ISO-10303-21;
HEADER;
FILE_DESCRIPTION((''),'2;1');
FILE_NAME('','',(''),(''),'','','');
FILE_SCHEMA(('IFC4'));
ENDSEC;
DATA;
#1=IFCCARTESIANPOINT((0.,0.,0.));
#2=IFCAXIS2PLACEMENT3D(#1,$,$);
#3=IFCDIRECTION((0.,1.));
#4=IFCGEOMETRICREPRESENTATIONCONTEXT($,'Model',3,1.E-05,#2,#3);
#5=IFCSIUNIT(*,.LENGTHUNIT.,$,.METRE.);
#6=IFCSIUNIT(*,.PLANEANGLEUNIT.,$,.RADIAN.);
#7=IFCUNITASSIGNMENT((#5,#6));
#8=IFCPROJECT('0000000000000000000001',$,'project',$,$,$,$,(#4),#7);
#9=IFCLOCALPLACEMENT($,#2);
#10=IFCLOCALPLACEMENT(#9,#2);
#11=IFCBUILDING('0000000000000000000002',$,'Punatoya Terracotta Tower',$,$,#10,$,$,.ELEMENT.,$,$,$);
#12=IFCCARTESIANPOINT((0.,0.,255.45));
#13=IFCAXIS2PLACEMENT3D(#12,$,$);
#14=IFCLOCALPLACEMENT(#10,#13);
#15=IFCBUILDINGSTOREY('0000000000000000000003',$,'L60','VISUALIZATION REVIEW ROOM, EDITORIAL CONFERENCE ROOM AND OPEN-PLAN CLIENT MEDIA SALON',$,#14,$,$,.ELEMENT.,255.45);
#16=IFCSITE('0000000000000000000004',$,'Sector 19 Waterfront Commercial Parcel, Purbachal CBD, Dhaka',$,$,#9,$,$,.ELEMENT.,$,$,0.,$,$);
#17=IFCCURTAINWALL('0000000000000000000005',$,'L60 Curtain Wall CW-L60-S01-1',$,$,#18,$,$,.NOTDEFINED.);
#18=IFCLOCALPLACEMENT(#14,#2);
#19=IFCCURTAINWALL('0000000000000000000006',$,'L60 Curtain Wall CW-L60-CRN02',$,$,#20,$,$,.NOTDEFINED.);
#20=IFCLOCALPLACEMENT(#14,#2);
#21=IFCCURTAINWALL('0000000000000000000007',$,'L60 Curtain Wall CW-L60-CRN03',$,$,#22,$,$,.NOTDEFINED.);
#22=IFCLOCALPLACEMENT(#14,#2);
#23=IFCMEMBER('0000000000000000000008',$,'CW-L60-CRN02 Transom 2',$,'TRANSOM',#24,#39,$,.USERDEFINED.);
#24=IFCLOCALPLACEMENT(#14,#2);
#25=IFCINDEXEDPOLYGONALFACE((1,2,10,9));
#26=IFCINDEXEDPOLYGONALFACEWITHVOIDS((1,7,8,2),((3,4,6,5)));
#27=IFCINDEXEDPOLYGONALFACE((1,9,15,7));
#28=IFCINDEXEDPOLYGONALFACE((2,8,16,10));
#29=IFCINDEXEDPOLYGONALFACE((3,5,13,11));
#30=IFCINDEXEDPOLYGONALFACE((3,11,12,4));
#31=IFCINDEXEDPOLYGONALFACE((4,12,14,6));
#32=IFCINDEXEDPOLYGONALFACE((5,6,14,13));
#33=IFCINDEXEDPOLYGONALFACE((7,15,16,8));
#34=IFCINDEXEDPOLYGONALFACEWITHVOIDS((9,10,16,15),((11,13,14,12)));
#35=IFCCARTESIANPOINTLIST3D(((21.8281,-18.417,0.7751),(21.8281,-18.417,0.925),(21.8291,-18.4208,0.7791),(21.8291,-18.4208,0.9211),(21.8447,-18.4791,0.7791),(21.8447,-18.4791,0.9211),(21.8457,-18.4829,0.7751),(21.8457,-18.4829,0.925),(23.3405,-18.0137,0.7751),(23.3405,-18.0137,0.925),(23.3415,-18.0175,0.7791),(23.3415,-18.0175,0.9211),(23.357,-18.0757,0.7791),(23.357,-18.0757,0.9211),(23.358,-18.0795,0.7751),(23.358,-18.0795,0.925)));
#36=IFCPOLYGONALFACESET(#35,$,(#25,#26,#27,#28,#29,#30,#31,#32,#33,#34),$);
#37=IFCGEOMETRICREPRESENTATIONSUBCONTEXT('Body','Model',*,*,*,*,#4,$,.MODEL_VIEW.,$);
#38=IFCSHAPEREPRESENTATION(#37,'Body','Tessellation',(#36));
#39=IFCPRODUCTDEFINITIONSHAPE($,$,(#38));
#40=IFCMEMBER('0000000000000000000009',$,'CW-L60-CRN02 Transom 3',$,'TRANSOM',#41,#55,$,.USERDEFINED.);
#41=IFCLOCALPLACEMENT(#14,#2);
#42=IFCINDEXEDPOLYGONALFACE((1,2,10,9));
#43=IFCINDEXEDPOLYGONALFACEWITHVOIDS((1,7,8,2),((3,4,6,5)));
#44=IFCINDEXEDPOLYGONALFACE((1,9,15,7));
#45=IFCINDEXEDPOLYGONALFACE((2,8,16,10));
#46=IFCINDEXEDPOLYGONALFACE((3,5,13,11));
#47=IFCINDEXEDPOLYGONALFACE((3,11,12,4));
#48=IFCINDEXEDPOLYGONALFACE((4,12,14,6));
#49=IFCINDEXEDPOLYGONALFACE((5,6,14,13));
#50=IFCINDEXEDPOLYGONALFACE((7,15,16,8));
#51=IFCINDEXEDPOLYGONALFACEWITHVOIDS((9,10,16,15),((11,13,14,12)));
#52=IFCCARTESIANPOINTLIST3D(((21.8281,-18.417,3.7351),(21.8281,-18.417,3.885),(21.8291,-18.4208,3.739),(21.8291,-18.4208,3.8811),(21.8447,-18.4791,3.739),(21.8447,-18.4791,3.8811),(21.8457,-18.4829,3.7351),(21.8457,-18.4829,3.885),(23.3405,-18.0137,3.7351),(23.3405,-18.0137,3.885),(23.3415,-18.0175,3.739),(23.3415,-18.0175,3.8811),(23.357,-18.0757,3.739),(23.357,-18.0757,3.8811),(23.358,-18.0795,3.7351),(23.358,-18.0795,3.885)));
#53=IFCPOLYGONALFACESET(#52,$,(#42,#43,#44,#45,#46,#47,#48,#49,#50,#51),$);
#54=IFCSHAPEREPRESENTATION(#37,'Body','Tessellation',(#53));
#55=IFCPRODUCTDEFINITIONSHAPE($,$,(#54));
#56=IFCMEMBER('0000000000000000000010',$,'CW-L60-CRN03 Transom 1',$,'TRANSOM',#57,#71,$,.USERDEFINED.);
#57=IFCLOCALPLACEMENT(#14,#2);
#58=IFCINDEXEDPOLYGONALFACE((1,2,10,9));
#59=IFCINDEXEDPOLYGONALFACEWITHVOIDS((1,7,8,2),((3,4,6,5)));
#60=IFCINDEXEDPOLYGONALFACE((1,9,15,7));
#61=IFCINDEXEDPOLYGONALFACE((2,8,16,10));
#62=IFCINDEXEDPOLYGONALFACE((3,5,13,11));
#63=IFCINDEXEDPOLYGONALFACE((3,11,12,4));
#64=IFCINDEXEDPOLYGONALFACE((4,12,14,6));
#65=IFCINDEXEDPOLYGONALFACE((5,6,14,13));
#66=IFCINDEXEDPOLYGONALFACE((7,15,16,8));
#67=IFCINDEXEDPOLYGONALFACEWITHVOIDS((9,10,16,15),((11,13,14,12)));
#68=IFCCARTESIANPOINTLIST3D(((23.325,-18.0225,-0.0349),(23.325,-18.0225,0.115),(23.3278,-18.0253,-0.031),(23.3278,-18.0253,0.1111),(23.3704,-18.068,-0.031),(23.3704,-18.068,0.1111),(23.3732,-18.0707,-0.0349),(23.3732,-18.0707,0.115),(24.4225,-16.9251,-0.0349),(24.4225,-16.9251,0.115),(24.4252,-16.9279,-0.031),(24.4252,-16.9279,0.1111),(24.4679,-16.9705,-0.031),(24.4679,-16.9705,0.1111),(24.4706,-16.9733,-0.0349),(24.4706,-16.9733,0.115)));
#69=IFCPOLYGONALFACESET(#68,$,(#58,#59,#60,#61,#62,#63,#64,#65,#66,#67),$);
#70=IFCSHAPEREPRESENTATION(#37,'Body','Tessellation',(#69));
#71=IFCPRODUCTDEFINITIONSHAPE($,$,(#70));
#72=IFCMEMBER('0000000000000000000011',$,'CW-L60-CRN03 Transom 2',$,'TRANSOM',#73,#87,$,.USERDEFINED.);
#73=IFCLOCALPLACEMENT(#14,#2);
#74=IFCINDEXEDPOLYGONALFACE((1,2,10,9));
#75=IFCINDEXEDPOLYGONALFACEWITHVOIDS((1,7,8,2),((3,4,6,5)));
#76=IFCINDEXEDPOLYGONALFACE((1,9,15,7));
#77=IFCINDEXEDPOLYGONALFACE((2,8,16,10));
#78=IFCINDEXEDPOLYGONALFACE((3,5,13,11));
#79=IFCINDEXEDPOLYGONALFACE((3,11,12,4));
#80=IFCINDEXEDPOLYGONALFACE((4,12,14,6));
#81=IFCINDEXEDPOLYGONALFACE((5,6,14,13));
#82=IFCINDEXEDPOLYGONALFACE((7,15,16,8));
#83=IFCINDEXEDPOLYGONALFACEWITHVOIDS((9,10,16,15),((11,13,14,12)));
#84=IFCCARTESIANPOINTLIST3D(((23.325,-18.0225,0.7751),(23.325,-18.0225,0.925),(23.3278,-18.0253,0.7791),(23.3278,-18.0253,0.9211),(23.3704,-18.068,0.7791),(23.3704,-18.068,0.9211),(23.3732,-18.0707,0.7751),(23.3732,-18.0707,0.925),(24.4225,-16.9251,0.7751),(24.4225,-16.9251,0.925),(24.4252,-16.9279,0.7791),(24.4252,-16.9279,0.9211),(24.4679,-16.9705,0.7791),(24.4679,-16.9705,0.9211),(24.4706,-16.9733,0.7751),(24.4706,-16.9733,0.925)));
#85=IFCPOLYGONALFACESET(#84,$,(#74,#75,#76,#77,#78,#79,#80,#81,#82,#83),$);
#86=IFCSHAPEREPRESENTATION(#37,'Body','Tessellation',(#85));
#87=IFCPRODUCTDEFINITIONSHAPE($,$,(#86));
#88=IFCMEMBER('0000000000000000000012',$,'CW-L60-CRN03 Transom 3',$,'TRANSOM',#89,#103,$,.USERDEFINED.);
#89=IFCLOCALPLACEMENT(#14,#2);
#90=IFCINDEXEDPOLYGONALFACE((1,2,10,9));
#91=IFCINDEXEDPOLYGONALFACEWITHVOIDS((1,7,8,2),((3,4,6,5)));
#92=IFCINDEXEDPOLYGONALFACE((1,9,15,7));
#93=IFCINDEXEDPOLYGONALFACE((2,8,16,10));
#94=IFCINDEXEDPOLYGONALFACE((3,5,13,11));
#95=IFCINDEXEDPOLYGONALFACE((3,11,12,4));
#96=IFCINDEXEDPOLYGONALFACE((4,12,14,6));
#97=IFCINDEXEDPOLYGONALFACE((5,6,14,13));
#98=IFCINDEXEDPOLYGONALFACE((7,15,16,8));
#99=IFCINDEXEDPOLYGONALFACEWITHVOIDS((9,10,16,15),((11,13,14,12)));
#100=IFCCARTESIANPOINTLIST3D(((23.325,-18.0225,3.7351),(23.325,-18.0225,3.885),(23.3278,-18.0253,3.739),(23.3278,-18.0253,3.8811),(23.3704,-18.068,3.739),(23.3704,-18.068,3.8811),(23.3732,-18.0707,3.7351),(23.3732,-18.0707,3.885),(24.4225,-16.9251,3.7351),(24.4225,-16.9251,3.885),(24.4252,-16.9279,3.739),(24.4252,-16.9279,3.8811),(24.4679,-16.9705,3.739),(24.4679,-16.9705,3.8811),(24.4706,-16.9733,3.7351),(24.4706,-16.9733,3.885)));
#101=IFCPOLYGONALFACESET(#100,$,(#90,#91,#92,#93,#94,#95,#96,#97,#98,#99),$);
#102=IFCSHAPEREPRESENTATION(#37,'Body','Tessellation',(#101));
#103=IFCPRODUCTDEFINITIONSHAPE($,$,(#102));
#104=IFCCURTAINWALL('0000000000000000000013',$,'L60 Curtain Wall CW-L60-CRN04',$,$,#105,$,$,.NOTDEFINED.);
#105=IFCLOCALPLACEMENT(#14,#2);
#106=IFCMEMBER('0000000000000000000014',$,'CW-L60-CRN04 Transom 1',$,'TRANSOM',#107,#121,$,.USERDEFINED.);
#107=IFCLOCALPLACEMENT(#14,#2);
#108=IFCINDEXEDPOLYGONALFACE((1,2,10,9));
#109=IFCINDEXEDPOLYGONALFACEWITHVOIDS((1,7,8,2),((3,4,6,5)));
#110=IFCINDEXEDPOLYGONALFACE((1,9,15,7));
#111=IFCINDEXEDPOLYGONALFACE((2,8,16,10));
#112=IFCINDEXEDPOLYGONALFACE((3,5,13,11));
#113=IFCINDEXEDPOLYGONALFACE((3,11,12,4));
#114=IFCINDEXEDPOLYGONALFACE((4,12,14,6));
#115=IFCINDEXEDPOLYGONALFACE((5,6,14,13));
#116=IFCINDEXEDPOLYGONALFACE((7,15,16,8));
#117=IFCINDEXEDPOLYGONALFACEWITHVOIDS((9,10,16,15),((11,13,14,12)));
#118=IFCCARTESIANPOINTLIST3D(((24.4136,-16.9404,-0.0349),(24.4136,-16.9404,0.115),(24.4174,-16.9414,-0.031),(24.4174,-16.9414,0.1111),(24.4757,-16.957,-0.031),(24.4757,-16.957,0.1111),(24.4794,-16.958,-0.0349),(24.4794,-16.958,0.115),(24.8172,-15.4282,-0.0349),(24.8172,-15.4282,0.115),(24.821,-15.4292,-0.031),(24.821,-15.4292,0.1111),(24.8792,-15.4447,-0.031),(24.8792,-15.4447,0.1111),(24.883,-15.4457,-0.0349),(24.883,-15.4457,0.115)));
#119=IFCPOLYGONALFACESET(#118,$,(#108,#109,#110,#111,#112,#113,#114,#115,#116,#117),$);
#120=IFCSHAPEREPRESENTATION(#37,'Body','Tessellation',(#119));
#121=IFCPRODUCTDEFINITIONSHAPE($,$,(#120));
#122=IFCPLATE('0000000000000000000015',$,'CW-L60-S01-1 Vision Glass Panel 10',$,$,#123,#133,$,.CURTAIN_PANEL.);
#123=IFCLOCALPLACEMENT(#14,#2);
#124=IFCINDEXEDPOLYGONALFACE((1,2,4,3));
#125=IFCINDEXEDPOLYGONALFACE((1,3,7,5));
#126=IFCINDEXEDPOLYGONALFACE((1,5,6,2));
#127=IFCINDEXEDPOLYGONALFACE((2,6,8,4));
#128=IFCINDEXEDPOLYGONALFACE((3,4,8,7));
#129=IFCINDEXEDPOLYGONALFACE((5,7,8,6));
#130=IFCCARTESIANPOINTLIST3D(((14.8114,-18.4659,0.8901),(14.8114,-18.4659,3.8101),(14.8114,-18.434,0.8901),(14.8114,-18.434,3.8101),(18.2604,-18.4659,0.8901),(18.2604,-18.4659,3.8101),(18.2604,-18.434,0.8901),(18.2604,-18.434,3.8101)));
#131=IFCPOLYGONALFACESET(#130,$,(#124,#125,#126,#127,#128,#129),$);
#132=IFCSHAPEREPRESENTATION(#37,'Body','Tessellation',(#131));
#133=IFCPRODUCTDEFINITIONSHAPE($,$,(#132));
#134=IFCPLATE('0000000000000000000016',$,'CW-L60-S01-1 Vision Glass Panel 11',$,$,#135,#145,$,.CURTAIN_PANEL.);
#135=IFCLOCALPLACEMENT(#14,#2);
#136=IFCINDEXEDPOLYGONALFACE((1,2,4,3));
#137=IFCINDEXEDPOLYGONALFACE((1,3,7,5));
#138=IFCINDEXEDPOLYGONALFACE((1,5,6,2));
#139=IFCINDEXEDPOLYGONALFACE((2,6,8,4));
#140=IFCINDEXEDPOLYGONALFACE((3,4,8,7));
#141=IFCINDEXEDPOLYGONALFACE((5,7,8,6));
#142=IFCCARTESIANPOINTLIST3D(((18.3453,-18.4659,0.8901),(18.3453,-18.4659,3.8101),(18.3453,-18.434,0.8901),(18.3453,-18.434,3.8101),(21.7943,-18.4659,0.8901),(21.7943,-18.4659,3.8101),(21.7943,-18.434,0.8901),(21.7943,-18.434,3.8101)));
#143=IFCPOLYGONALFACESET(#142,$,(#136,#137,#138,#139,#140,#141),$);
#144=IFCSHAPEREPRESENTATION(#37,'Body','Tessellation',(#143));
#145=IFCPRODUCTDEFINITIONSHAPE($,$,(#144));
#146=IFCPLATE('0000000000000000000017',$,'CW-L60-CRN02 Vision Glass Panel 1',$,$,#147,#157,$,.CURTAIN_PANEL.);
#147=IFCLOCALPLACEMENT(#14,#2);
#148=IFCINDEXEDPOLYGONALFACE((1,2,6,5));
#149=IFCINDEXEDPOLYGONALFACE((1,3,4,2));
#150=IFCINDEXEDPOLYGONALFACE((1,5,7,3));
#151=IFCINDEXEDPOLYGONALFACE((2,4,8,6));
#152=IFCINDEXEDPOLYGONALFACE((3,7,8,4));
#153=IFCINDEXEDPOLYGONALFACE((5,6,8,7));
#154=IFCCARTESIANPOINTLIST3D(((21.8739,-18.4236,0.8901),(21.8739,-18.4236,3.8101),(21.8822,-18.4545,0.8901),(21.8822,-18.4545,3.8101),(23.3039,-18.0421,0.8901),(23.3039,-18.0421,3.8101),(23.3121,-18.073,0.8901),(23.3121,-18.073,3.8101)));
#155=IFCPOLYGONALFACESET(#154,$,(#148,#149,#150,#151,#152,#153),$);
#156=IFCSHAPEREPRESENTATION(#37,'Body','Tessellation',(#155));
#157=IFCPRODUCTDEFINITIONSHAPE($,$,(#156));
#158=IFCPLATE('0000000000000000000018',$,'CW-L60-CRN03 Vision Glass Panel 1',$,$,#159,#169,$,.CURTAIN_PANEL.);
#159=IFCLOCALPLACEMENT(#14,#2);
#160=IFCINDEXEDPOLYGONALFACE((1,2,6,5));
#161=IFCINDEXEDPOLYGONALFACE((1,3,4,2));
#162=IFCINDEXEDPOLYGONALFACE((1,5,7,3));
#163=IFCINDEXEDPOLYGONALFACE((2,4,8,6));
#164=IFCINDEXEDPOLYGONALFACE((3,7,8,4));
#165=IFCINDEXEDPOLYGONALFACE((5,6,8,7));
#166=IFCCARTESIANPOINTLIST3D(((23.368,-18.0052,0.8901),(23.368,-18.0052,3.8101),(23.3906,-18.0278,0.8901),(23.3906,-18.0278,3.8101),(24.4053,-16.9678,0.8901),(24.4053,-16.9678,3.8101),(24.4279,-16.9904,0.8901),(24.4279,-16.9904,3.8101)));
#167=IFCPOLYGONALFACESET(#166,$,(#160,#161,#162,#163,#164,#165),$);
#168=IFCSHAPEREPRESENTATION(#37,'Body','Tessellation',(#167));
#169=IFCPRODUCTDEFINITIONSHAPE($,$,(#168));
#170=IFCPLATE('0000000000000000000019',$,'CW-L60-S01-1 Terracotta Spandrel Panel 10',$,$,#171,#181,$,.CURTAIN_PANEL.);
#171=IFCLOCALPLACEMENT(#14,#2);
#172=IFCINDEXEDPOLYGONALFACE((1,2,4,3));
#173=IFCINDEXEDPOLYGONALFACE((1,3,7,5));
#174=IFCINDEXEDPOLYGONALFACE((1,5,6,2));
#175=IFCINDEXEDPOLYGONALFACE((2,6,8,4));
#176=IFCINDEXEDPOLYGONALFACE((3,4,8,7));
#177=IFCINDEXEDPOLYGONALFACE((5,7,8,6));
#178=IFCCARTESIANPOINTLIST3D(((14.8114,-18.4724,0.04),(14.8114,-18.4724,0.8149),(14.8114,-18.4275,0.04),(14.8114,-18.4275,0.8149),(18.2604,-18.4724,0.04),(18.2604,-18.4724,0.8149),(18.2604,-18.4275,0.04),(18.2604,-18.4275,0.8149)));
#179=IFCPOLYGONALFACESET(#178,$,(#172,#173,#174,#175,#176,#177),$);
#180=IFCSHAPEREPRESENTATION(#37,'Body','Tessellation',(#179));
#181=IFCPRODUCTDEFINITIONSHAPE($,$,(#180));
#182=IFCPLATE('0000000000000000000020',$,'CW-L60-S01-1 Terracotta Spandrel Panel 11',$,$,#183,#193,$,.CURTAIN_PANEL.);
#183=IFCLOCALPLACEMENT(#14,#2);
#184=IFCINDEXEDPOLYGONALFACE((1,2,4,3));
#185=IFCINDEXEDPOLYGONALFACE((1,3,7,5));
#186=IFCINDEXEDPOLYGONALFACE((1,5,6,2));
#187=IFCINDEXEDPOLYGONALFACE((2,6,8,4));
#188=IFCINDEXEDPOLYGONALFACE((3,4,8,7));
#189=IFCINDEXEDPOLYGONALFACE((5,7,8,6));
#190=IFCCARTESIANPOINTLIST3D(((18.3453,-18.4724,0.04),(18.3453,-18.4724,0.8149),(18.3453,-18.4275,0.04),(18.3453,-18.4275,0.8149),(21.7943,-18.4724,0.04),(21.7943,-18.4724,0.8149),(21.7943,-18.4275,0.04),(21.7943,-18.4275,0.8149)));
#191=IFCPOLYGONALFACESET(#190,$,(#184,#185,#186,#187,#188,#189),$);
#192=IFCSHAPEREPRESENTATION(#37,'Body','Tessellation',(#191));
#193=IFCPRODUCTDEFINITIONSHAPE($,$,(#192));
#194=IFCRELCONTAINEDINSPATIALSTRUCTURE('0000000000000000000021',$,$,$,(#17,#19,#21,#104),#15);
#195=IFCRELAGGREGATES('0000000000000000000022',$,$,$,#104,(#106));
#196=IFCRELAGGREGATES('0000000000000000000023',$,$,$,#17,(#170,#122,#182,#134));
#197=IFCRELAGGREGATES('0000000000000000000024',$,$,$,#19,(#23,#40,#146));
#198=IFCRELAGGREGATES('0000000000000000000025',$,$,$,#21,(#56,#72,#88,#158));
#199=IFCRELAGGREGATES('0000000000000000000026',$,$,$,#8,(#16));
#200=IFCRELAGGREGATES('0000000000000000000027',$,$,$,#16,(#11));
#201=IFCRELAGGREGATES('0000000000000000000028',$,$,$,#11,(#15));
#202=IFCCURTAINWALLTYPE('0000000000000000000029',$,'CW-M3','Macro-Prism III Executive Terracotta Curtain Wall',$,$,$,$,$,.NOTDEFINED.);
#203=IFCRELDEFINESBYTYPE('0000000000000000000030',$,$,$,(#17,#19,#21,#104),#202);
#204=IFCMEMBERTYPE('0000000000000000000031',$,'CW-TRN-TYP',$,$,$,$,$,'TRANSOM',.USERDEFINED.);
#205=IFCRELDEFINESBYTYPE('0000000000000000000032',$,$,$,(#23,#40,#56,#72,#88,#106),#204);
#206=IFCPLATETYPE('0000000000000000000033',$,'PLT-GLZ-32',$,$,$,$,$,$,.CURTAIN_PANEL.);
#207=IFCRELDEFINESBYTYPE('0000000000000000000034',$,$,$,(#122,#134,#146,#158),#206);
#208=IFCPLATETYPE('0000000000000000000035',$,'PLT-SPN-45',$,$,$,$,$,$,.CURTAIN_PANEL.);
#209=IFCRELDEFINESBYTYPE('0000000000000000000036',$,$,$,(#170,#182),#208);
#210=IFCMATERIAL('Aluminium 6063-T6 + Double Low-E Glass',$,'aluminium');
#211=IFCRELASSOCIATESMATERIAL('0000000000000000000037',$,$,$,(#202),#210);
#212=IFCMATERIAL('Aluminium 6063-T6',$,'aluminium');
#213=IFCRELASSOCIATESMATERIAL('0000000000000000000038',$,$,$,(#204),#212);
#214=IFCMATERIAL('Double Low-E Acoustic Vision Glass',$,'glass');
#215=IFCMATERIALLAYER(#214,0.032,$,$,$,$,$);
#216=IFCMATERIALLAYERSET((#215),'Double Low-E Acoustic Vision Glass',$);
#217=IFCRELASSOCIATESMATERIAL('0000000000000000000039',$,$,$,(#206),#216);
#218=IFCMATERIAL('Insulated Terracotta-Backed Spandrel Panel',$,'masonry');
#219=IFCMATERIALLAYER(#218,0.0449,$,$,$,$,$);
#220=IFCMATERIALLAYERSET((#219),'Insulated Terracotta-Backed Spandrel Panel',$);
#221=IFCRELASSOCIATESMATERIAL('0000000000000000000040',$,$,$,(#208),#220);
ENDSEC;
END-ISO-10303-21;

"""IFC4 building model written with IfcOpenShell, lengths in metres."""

from ifc_helpers import new_model, si_unit, direction, frame, origin, origin_2d, place, context, subcontext, project, spatial, rectangle, hollow_rectangle, extrude, material, layer, layer_set, material_profile, profile_set, type_object, element, aggregate, save


model = new_model("IFC4")

# Units and contexts
model_context = context("Model", 3, precision=1e-05, world=origin(), true_north=direction((0.0, 1.0)))
body_context = subcontext(model_context, "Body", "Model", "MODEL_VIEW")
ifc_project = project(units=[si_unit("LENGTHUNIT", "METRE"), si_unit("PLANEANGLEUNIT", "RADIAN")], contexts=[model_context])

# Site, building, storey
site_placement = place(None, origin())
site = spatial("IfcSite", under=ifc_project, at=site_placement, Name="Sector 19 Waterfront Commercial Parcel, Purbachal CBD, Dhaka", CompositionType="ELEMENT", RefElevation=0.0)
building_placement = place(site_placement, origin())
building = spatial("IfcBuilding", under=site, at=building_placement, Name="Punatoya Terracotta Tower", CompositionType="ELEMENT")
storey_placement = place(building_placement, frame((0.0, 0.0, 255.45)))
storey = spatial("IfcBuildingStorey", under=building, at=storey_placement, Name="L60", Description="VISUALIZATION REVIEW ROOM, EDITORIAL CONFERENCE ROOM AND OPEN-PLAN CLIENT MEDIA SALON", CompositionType="ELEMENT", Elevation=255.45)

# Curtain walls
ifc_material_1 = material(Name="Aluminium 6063-T6 + Double Low-E Glass", Category="aluminium")
curtain_wall_type = type_object("IfcCurtainWallType", Name="CW-M3", Description="Macro-Prism III Executive Terracotta Curtain Wall", PredefinedType="NOTDEFINED", material=ifc_material_1)
curtain_wall_1_placement = place(storey_placement, origin())
curtain_wall_1 = element("IfcCurtainWall", 1, at=curtain_wall_1_placement, inside=storey, type_object=curtain_wall_type, Name="L60 Curtain Wall CW-L60-S01-1", PredefinedType="NOTDEFINED")
ifc_material_2 = material(Name="Aluminium 6063-T6", Category="aluminium")
curtain_wall_2_placement = place(storey_placement, origin())
curtain_wall_2 = element("IfcCurtainWall", 2, at=curtain_wall_2_placement, inside=storey, type_object=curtain_wall_type, Name="L60 Curtain Wall CW-L60-CRN02", PredefinedType="NOTDEFINED")
curtain_wall_3_placement = place(storey_placement, origin())
curtain_wall_3 = element("IfcCurtainWall", 3, at=curtain_wall_3_placement, inside=storey, type_object=curtain_wall_type, Name="L60 Curtain Wall CW-L60-CRN03", PredefinedType="NOTDEFINED")

# Members
ifc_material_profile_1 = material_profile(ifc_material_2, hollow_rectangle(XDim=0.0681, YDim=0.1499, WallThickness=0.0039, at=origin_2d()))
ifc_profile_set_1 = profile_set([ifc_material_profile_1], Name="Aluminium 6063-T6")
member_type_1 = type_object("IfcMemberType", Name="CW-TRN-TYP", ElementType="TRANSOM", PredefinedType="USERDEFINED", material=ifc_profile_set_1)
member_1_placement = place(storey_placement, frame((21.8369, -18.45, 0.8501), z_axis=(0.966225, 0.257701, 0.0), x_axis=(-0.257701, 0.966225, 0.0)))
member_1 = element("IfcMember", 4, at=member_1_placement, type_object=member_type_1, Name="CW-L60-CRN02 Transom 2", ObjectType="TRANSOM", PredefinedType="USERDEFINED", context=body_context, shape_type="SweptSolid", body=[
    extrude(hollow_rectangle(XDim=0.0681, YDim=0.1499, WallThickness=0.0039, at=origin_2d()), origin(), (0.0, 0.0, 1.0), 1.5652),
])
member_2_placement = place(storey_placement, frame((21.8369, -18.45, 3.8101), z_axis=(0.966225, 0.257701, 0.0), x_axis=(-0.257701, 0.966225, 0.0)))
member_2 = element("IfcMember", 5, at=member_2_placement, type_object=member_type_1, Name="CW-L60-CRN02 Transom 3", ObjectType="TRANSOM", PredefinedType="USERDEFINED", context=body_context, shape_type="SweptSolid", body=[
    extrude(hollow_rectangle(XDim=0.0681, YDim=0.1499, WallThickness=0.0039, at=origin_2d()), origin(), (0.0, 0.0, 1.0), 1.5652),
])
member_3_placement = place(storey_placement, frame((23.3491, -18.0466, 0.04), z_axis=(0.707107, 0.707107, 0.0), x_axis=(-0.707107, 0.707107, 0.0)))
member_3 = element("IfcMember", 6, at=member_3_placement, type_object=member_type_1, Name="CW-L60-CRN03 Transom 1", ObjectType="TRANSOM", PredefinedType="USERDEFINED", context=body_context, shape_type="SweptSolid", body=[
    extrude(hollow_rectangle(XDim=0.0681, YDim=0.1499, WallThickness=0.0039, at=origin_2d()), origin(), (0.0, 0.0, 1.0), 1.552),
])
member_4_placement = place(storey_placement, frame((23.3491, -18.0466, 0.8501), z_axis=(0.707107, 0.707107, 0.0), x_axis=(-0.707107, 0.707107, 0.0)))
member_4 = element("IfcMember", 7, at=member_4_placement, type_object=member_type_1, Name="CW-L60-CRN03 Transom 2", ObjectType="TRANSOM", PredefinedType="USERDEFINED", context=body_context, shape_type="SweptSolid", body=[
    extrude(hollow_rectangle(XDim=0.0681, YDim=0.1499, WallThickness=0.0039, at=origin_2d()), origin(), (0.0, 0.0, 1.0), 1.552),
])
member_5_placement = place(storey_placement, frame((23.3491, -18.0466, 3.8101), z_axis=(0.707107, 0.707107, 0.0), x_axis=(-0.707107, 0.707107, 0.0)))
member_5 = element("IfcMember", 8, at=member_5_placement, type_object=member_type_1, Name="CW-L60-CRN03 Transom 3", ObjectType="TRANSOM", PredefinedType="USERDEFINED", context=body_context, shape_type="SweptSolid", body=[
    extrude(hollow_rectangle(XDim=0.0681, YDim=0.1499, WallThickness=0.0039, at=origin_2d()), origin(), (0.0, 0.0, 1.0), 1.552),
])

# Curtain wall, member
curtain_wall_4_placement = place(storey_placement, origin())
curtain_wall_4 = element("IfcCurtainWall", 9, at=curtain_wall_4_placement, inside=storey, type_object=curtain_wall_type, Name="L60 Curtain Wall CW-L60-CRN04", PredefinedType="NOTDEFINED")
member_6_placement = place(storey_placement, frame((24.4465, -16.9492, 0.04), z_axis=(0.257847, 0.966186, 0.0), x_axis=(-0.966186, 0.257847, 0.0)))
member_6 = element("IfcMember", 10, at=member_6_placement, type_object=member_type_1, Name="CW-L60-CRN04 Transom 1", ObjectType="TRANSOM", PredefinedType="USERDEFINED", context=body_context, shape_type="SweptSolid", body=[
    extrude(hollow_rectangle(XDim=0.0681, YDim=0.1499, WallThickness=0.0039, at=origin_2d()), origin(), (0.0, 0.0, 1.0), 1.5652),
])
aggregate(curtain_wall_4, [member_6])

# Plates
ifc_material_3 = material(Name="Double Low-E Acoustic Vision Glass", Category="glass")
ifc_layer_1 = layer(ifc_material_3, 0.032)
ifc_layer_set_1 = layer_set([ifc_layer_1], Name="Double Low-E Acoustic Vision Glass")
plate_type_1 = type_object("IfcPlateType", Name="PLT-GLZ-32", PredefinedType="CURTAIN_PANEL", material=ifc_layer_set_1)
plate_1_placement = place(storey_placement, frame((16.5359, -18.45, 0.8901), z_axis=(0.0, 0.0, 1.0), x_axis=(1.0, 0.0, 0.0)))
plate_1 = element("IfcPlate", 11, at=plate_1_placement, type_object=plate_type_1, Name="CW-L60-S01-1 Vision Glass Panel 10", PredefinedType="CURTAIN_PANEL", context=body_context, shape_type="SweptSolid", body=[
    extrude(rectangle(XDim=3.449, YDim=0.032, at=origin_2d()), origin(), (0.0, 0.0, 1.0), 2.9199),
])
plate_2_placement = place(storey_placement, frame((20.0698, -18.45, 0.8901), z_axis=(0.0, 0.0, 1.0), x_axis=(1.0, 0.0, 0.0)))
plate_2 = element("IfcPlate", 12, at=plate_2_placement, type_object=plate_type_1, Name="CW-L60-S01-1 Vision Glass Panel 11", PredefinedType="CURTAIN_PANEL", context=body_context, shape_type="SweptSolid", body=[
    extrude(rectangle(XDim=3.449, YDim=0.032, at=origin_2d()), origin(), (0.0, 0.0, 1.0), 2.9199),
])
plate_3_placement = place(storey_placement, frame((22.593, -18.2483, 0.8901), z_axis=(0.0, 0.0, 1.0), x_axis=(0.966214, 0.257742, 0.0)))
plate_3 = element("IfcPlate", 13, at=plate_3_placement, type_object=plate_type_1, Name="CW-L60-CRN02 Vision Glass Panel 1", PredefinedType="CURTAIN_PANEL", context=body_context, shape_type="SweptSolid", body=[
    extrude(rectangle(XDim=1.48, YDim=0.032, at=origin_2d()), origin(), (0.0, 0.0, 1.0), 2.9199),
])
plate_4_placement = place(storey_placement, frame((23.8979, -17.4978, 0.8901), z_axis=(0.0, 0.0, 1.0), x_axis=(0.707107, 0.707107, 0.0)))
plate_4 = element("IfcPlate", 14, at=plate_4_placement, type_object=plate_type_1, Name="CW-L60-CRN03 Vision Glass Panel 1", PredefinedType="CURTAIN_PANEL", context=body_context, shape_type="SweptSolid", body=[
    extrude(rectangle(XDim=1.467, YDim=0.032, at=origin_2d()), origin(), (0.0, 0.0, 1.0), 2.9199),
])
ifc_material_4 = material(Name="Insulated Terracotta-Backed Spandrel Panel", Category="masonry")
ifc_layer_2 = layer(ifc_material_4, 0.0449)
ifc_layer_set_2 = layer_set([ifc_layer_2], Name="Insulated Terracotta-Backed Spandrel Panel")
plate_type_2 = type_object("IfcPlateType", Name="PLT-SPN-45", PredefinedType="CURTAIN_PANEL", material=ifc_layer_set_2)
plate_5_placement = place(storey_placement, frame((16.5359, -18.45, 0.04), z_axis=(0.0, 0.0, 1.0), x_axis=(1.0, 0.0, 0.0)))
plate_5 = element("IfcPlate", 15, at=plate_5_placement, type_object=plate_type_2, Name="CW-L60-S01-1 Terracotta Spandrel Panel 10", PredefinedType="CURTAIN_PANEL", context=body_context, shape_type="SweptSolid", body=[
    extrude(rectangle(XDim=3.449, YDim=0.0449, at=origin_2d()), origin(), (0.0, 0.0, 1.0), 0.7749),
])
plate_6_placement = place(storey_placement, frame((20.0698, -18.45, 0.04), z_axis=(0.0, 0.0, 1.0), x_axis=(1.0, 0.0, 0.0)))
plate_6 = element("IfcPlate", 16, at=plate_6_placement, type_object=plate_type_2, Name="CW-L60-S01-1 Terracotta Spandrel Panel 11", PredefinedType="CURTAIN_PANEL", context=body_context, shape_type="SweptSolid", body=[
    extrude(rectangle(XDim=3.449, YDim=0.0449, at=origin_2d()), origin(), (0.0, 0.0, 1.0), 0.7749),
])
aggregate(curtain_wall_1, [plate_5, plate_1, plate_6, plate_2])
aggregate(curtain_wall_2, [member_1, member_2, plate_3])
aggregate(curtain_wall_3, [member_3, member_4, member_5, plate_4])

save(model, "model.ifc")
